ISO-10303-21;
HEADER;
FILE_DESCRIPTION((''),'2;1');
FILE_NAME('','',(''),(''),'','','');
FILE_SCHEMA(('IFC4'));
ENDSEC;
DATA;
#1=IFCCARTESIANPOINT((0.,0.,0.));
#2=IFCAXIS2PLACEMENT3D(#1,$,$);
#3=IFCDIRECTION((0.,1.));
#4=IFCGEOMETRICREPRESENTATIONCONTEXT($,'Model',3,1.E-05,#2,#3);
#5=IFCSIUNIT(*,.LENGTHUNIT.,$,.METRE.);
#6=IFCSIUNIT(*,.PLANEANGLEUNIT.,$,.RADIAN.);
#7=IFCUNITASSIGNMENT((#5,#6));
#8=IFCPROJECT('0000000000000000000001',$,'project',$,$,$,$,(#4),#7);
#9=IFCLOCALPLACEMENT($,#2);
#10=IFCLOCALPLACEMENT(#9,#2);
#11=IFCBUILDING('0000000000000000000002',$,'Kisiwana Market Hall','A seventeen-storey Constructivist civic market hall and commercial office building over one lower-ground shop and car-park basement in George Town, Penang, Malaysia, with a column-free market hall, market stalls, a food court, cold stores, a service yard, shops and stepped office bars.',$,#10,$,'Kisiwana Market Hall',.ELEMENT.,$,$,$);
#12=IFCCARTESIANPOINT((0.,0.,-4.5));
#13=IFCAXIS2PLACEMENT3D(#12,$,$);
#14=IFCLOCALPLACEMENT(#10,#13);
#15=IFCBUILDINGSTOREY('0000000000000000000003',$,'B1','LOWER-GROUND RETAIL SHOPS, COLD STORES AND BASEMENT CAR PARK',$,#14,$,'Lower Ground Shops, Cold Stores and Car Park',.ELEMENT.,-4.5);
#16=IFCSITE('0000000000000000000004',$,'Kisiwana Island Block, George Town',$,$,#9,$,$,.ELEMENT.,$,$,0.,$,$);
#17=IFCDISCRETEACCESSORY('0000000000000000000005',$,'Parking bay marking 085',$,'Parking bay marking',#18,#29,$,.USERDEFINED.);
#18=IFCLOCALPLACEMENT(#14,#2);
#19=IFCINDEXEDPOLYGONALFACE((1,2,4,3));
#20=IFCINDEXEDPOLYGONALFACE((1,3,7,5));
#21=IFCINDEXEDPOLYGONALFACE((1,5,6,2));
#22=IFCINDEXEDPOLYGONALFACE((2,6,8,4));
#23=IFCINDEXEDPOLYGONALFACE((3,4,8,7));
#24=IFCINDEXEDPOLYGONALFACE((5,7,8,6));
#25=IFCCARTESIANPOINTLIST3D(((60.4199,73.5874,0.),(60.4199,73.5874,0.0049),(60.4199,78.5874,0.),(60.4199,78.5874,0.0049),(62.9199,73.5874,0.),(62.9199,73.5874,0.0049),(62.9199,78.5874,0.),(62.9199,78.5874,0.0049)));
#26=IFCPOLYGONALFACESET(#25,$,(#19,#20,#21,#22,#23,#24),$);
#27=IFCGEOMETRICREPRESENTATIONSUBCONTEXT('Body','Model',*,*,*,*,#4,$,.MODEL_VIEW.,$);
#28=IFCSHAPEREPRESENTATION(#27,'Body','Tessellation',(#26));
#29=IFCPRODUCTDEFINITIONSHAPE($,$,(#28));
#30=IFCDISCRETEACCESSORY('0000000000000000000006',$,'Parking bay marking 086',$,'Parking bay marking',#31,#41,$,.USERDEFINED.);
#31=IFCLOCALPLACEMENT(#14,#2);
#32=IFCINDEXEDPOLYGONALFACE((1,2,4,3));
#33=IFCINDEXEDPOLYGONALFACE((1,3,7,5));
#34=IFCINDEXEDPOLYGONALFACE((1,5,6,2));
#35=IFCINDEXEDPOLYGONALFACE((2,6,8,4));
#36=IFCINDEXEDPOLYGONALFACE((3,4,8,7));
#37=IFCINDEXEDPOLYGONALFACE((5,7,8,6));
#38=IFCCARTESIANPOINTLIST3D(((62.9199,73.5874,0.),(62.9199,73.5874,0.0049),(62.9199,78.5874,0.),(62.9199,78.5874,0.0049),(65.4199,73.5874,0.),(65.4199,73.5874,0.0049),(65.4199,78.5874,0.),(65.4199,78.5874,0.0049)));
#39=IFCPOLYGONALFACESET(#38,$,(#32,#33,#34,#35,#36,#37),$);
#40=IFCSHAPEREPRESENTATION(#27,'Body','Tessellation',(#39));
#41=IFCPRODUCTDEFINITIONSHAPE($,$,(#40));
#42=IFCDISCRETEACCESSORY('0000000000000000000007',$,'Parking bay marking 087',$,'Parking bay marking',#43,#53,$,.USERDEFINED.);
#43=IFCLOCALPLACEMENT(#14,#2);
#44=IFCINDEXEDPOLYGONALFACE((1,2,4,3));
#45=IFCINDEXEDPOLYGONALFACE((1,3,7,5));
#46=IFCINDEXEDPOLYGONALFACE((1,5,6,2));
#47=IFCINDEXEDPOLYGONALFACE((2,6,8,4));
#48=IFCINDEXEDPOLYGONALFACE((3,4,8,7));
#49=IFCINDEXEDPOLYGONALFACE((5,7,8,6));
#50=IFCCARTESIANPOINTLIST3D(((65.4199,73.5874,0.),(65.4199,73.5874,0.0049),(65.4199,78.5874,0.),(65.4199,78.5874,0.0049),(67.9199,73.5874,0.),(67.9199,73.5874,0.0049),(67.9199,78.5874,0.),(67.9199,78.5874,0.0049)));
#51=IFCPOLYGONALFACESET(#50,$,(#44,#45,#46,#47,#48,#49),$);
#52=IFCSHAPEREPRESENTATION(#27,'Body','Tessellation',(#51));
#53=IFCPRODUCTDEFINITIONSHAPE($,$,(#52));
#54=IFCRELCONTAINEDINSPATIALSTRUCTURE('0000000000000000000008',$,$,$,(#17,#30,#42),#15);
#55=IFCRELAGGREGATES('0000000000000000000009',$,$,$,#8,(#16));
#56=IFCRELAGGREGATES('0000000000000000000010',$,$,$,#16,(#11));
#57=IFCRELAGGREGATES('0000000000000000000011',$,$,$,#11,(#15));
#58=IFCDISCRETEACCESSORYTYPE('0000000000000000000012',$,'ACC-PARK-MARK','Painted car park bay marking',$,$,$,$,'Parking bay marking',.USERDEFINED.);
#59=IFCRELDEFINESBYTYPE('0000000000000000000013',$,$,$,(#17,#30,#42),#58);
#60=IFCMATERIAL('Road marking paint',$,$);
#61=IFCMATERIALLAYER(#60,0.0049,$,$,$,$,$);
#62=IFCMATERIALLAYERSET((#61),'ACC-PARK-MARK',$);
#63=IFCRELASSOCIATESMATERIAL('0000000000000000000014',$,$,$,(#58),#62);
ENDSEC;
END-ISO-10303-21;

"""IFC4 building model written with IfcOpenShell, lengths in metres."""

from ifc_helpers import new_model, si_unit, direction, frame, origin, origin_2d, place, context, subcontext, project, spatial, rectangle, extrude, material, layer, layer_set, type_object, element, save


model = new_model("IFC4")

# Units and contexts
model_context = context("Model", 3, precision=1e-05, world=origin(), true_north=direction((0.0, 1.0)))
body_context = subcontext(model_context, "Body", "Model", "MODEL_VIEW")
ifc_project = project(units=[si_unit("LENGTHUNIT", "METRE"), si_unit("PLANEANGLEUNIT", "RADIAN")], contexts=[model_context])

# Site, building, storey
site_placement = place(None, origin())
site = spatial("IfcSite", under=ifc_project, at=site_placement, Name="Kisiwana Island Block, George Town", CompositionType="ELEMENT", RefElevation=0.0)
building_placement = place(site_placement, origin())
building = spatial("IfcBuilding", under=site, at=building_placement, Name="Kisiwana Market Hall", Description="A seventeen-storey Constructivist civic market hall and commercial office building over one lower-ground shop and car-park basement in George Town, Penang, Malaysia, with a column-free market hall, market stalls, a food court, cold stores, a service yard, shops and stepped office bars.", LongName="Kisiwana Market Hall", CompositionType="ELEMENT")
storey_placement = place(building_placement, frame((0.0, 0.0, -4.5)))
storey = spatial("IfcBuildingStorey", under=building, at=storey_placement, Name="B1", Description="LOWER-GROUND RETAIL SHOPS, COLD STORES AND BASEMENT CAR PARK", LongName="Lower Ground Shops, Cold Stores and Car Park", CompositionType="ELEMENT", Elevation=-4.5)

# Discrete accessories
ifc_material_1 = material(Name="Road marking paint")
ifc_layer_1 = layer(ifc_material_1, 0.0049)
ifc_layer_set_1 = layer_set([ifc_layer_1], Name="ACC-PARK-MARK")
discrete_accessory_type = type_object("IfcDiscreteAccessoryType", Name="ACC-PARK-MARK", Description="Painted car park bay marking", ElementType="Parking bay marking", PredefinedType="USERDEFINED", material=ifc_layer_set_1)
for number, where, z_axis, x_axis, name in (
    (1, (61.6699, 76.0874, 0.0), (0.0, 0.0, 1.0), (1.0, 0.0, 0.0), "Parking bay marking 085"),
    (2, (64.1699, 76.0874, 0.0), (0.0, 0.0, 1.0), (1.0, 0.0, 0.0), "Parking bay marking 086"),
    (3, (66.6699, 76.0874, 0.0), (0.0, 0.0, 1.0), (1.0, 0.0, 0.0), "Parking bay marking 087"),
):
    element("IfcDiscreteAccessory", number, at=place(storey_placement, frame(where, z_axis=z_axis, x_axis=x_axis)), inside=storey, type_object=discrete_accessory_type, Name=name, ObjectType="Parking bay marking", PredefinedType="USERDEFINED", context=body_context, shape_type="SweptSolid", body=[
        extrude(rectangle(XDim=2.5, YDim=5.0, at=origin_2d()), origin(), (0.0, 0.0, 1.0), 0.0049),
    ])

save(model, "model.ifc")
